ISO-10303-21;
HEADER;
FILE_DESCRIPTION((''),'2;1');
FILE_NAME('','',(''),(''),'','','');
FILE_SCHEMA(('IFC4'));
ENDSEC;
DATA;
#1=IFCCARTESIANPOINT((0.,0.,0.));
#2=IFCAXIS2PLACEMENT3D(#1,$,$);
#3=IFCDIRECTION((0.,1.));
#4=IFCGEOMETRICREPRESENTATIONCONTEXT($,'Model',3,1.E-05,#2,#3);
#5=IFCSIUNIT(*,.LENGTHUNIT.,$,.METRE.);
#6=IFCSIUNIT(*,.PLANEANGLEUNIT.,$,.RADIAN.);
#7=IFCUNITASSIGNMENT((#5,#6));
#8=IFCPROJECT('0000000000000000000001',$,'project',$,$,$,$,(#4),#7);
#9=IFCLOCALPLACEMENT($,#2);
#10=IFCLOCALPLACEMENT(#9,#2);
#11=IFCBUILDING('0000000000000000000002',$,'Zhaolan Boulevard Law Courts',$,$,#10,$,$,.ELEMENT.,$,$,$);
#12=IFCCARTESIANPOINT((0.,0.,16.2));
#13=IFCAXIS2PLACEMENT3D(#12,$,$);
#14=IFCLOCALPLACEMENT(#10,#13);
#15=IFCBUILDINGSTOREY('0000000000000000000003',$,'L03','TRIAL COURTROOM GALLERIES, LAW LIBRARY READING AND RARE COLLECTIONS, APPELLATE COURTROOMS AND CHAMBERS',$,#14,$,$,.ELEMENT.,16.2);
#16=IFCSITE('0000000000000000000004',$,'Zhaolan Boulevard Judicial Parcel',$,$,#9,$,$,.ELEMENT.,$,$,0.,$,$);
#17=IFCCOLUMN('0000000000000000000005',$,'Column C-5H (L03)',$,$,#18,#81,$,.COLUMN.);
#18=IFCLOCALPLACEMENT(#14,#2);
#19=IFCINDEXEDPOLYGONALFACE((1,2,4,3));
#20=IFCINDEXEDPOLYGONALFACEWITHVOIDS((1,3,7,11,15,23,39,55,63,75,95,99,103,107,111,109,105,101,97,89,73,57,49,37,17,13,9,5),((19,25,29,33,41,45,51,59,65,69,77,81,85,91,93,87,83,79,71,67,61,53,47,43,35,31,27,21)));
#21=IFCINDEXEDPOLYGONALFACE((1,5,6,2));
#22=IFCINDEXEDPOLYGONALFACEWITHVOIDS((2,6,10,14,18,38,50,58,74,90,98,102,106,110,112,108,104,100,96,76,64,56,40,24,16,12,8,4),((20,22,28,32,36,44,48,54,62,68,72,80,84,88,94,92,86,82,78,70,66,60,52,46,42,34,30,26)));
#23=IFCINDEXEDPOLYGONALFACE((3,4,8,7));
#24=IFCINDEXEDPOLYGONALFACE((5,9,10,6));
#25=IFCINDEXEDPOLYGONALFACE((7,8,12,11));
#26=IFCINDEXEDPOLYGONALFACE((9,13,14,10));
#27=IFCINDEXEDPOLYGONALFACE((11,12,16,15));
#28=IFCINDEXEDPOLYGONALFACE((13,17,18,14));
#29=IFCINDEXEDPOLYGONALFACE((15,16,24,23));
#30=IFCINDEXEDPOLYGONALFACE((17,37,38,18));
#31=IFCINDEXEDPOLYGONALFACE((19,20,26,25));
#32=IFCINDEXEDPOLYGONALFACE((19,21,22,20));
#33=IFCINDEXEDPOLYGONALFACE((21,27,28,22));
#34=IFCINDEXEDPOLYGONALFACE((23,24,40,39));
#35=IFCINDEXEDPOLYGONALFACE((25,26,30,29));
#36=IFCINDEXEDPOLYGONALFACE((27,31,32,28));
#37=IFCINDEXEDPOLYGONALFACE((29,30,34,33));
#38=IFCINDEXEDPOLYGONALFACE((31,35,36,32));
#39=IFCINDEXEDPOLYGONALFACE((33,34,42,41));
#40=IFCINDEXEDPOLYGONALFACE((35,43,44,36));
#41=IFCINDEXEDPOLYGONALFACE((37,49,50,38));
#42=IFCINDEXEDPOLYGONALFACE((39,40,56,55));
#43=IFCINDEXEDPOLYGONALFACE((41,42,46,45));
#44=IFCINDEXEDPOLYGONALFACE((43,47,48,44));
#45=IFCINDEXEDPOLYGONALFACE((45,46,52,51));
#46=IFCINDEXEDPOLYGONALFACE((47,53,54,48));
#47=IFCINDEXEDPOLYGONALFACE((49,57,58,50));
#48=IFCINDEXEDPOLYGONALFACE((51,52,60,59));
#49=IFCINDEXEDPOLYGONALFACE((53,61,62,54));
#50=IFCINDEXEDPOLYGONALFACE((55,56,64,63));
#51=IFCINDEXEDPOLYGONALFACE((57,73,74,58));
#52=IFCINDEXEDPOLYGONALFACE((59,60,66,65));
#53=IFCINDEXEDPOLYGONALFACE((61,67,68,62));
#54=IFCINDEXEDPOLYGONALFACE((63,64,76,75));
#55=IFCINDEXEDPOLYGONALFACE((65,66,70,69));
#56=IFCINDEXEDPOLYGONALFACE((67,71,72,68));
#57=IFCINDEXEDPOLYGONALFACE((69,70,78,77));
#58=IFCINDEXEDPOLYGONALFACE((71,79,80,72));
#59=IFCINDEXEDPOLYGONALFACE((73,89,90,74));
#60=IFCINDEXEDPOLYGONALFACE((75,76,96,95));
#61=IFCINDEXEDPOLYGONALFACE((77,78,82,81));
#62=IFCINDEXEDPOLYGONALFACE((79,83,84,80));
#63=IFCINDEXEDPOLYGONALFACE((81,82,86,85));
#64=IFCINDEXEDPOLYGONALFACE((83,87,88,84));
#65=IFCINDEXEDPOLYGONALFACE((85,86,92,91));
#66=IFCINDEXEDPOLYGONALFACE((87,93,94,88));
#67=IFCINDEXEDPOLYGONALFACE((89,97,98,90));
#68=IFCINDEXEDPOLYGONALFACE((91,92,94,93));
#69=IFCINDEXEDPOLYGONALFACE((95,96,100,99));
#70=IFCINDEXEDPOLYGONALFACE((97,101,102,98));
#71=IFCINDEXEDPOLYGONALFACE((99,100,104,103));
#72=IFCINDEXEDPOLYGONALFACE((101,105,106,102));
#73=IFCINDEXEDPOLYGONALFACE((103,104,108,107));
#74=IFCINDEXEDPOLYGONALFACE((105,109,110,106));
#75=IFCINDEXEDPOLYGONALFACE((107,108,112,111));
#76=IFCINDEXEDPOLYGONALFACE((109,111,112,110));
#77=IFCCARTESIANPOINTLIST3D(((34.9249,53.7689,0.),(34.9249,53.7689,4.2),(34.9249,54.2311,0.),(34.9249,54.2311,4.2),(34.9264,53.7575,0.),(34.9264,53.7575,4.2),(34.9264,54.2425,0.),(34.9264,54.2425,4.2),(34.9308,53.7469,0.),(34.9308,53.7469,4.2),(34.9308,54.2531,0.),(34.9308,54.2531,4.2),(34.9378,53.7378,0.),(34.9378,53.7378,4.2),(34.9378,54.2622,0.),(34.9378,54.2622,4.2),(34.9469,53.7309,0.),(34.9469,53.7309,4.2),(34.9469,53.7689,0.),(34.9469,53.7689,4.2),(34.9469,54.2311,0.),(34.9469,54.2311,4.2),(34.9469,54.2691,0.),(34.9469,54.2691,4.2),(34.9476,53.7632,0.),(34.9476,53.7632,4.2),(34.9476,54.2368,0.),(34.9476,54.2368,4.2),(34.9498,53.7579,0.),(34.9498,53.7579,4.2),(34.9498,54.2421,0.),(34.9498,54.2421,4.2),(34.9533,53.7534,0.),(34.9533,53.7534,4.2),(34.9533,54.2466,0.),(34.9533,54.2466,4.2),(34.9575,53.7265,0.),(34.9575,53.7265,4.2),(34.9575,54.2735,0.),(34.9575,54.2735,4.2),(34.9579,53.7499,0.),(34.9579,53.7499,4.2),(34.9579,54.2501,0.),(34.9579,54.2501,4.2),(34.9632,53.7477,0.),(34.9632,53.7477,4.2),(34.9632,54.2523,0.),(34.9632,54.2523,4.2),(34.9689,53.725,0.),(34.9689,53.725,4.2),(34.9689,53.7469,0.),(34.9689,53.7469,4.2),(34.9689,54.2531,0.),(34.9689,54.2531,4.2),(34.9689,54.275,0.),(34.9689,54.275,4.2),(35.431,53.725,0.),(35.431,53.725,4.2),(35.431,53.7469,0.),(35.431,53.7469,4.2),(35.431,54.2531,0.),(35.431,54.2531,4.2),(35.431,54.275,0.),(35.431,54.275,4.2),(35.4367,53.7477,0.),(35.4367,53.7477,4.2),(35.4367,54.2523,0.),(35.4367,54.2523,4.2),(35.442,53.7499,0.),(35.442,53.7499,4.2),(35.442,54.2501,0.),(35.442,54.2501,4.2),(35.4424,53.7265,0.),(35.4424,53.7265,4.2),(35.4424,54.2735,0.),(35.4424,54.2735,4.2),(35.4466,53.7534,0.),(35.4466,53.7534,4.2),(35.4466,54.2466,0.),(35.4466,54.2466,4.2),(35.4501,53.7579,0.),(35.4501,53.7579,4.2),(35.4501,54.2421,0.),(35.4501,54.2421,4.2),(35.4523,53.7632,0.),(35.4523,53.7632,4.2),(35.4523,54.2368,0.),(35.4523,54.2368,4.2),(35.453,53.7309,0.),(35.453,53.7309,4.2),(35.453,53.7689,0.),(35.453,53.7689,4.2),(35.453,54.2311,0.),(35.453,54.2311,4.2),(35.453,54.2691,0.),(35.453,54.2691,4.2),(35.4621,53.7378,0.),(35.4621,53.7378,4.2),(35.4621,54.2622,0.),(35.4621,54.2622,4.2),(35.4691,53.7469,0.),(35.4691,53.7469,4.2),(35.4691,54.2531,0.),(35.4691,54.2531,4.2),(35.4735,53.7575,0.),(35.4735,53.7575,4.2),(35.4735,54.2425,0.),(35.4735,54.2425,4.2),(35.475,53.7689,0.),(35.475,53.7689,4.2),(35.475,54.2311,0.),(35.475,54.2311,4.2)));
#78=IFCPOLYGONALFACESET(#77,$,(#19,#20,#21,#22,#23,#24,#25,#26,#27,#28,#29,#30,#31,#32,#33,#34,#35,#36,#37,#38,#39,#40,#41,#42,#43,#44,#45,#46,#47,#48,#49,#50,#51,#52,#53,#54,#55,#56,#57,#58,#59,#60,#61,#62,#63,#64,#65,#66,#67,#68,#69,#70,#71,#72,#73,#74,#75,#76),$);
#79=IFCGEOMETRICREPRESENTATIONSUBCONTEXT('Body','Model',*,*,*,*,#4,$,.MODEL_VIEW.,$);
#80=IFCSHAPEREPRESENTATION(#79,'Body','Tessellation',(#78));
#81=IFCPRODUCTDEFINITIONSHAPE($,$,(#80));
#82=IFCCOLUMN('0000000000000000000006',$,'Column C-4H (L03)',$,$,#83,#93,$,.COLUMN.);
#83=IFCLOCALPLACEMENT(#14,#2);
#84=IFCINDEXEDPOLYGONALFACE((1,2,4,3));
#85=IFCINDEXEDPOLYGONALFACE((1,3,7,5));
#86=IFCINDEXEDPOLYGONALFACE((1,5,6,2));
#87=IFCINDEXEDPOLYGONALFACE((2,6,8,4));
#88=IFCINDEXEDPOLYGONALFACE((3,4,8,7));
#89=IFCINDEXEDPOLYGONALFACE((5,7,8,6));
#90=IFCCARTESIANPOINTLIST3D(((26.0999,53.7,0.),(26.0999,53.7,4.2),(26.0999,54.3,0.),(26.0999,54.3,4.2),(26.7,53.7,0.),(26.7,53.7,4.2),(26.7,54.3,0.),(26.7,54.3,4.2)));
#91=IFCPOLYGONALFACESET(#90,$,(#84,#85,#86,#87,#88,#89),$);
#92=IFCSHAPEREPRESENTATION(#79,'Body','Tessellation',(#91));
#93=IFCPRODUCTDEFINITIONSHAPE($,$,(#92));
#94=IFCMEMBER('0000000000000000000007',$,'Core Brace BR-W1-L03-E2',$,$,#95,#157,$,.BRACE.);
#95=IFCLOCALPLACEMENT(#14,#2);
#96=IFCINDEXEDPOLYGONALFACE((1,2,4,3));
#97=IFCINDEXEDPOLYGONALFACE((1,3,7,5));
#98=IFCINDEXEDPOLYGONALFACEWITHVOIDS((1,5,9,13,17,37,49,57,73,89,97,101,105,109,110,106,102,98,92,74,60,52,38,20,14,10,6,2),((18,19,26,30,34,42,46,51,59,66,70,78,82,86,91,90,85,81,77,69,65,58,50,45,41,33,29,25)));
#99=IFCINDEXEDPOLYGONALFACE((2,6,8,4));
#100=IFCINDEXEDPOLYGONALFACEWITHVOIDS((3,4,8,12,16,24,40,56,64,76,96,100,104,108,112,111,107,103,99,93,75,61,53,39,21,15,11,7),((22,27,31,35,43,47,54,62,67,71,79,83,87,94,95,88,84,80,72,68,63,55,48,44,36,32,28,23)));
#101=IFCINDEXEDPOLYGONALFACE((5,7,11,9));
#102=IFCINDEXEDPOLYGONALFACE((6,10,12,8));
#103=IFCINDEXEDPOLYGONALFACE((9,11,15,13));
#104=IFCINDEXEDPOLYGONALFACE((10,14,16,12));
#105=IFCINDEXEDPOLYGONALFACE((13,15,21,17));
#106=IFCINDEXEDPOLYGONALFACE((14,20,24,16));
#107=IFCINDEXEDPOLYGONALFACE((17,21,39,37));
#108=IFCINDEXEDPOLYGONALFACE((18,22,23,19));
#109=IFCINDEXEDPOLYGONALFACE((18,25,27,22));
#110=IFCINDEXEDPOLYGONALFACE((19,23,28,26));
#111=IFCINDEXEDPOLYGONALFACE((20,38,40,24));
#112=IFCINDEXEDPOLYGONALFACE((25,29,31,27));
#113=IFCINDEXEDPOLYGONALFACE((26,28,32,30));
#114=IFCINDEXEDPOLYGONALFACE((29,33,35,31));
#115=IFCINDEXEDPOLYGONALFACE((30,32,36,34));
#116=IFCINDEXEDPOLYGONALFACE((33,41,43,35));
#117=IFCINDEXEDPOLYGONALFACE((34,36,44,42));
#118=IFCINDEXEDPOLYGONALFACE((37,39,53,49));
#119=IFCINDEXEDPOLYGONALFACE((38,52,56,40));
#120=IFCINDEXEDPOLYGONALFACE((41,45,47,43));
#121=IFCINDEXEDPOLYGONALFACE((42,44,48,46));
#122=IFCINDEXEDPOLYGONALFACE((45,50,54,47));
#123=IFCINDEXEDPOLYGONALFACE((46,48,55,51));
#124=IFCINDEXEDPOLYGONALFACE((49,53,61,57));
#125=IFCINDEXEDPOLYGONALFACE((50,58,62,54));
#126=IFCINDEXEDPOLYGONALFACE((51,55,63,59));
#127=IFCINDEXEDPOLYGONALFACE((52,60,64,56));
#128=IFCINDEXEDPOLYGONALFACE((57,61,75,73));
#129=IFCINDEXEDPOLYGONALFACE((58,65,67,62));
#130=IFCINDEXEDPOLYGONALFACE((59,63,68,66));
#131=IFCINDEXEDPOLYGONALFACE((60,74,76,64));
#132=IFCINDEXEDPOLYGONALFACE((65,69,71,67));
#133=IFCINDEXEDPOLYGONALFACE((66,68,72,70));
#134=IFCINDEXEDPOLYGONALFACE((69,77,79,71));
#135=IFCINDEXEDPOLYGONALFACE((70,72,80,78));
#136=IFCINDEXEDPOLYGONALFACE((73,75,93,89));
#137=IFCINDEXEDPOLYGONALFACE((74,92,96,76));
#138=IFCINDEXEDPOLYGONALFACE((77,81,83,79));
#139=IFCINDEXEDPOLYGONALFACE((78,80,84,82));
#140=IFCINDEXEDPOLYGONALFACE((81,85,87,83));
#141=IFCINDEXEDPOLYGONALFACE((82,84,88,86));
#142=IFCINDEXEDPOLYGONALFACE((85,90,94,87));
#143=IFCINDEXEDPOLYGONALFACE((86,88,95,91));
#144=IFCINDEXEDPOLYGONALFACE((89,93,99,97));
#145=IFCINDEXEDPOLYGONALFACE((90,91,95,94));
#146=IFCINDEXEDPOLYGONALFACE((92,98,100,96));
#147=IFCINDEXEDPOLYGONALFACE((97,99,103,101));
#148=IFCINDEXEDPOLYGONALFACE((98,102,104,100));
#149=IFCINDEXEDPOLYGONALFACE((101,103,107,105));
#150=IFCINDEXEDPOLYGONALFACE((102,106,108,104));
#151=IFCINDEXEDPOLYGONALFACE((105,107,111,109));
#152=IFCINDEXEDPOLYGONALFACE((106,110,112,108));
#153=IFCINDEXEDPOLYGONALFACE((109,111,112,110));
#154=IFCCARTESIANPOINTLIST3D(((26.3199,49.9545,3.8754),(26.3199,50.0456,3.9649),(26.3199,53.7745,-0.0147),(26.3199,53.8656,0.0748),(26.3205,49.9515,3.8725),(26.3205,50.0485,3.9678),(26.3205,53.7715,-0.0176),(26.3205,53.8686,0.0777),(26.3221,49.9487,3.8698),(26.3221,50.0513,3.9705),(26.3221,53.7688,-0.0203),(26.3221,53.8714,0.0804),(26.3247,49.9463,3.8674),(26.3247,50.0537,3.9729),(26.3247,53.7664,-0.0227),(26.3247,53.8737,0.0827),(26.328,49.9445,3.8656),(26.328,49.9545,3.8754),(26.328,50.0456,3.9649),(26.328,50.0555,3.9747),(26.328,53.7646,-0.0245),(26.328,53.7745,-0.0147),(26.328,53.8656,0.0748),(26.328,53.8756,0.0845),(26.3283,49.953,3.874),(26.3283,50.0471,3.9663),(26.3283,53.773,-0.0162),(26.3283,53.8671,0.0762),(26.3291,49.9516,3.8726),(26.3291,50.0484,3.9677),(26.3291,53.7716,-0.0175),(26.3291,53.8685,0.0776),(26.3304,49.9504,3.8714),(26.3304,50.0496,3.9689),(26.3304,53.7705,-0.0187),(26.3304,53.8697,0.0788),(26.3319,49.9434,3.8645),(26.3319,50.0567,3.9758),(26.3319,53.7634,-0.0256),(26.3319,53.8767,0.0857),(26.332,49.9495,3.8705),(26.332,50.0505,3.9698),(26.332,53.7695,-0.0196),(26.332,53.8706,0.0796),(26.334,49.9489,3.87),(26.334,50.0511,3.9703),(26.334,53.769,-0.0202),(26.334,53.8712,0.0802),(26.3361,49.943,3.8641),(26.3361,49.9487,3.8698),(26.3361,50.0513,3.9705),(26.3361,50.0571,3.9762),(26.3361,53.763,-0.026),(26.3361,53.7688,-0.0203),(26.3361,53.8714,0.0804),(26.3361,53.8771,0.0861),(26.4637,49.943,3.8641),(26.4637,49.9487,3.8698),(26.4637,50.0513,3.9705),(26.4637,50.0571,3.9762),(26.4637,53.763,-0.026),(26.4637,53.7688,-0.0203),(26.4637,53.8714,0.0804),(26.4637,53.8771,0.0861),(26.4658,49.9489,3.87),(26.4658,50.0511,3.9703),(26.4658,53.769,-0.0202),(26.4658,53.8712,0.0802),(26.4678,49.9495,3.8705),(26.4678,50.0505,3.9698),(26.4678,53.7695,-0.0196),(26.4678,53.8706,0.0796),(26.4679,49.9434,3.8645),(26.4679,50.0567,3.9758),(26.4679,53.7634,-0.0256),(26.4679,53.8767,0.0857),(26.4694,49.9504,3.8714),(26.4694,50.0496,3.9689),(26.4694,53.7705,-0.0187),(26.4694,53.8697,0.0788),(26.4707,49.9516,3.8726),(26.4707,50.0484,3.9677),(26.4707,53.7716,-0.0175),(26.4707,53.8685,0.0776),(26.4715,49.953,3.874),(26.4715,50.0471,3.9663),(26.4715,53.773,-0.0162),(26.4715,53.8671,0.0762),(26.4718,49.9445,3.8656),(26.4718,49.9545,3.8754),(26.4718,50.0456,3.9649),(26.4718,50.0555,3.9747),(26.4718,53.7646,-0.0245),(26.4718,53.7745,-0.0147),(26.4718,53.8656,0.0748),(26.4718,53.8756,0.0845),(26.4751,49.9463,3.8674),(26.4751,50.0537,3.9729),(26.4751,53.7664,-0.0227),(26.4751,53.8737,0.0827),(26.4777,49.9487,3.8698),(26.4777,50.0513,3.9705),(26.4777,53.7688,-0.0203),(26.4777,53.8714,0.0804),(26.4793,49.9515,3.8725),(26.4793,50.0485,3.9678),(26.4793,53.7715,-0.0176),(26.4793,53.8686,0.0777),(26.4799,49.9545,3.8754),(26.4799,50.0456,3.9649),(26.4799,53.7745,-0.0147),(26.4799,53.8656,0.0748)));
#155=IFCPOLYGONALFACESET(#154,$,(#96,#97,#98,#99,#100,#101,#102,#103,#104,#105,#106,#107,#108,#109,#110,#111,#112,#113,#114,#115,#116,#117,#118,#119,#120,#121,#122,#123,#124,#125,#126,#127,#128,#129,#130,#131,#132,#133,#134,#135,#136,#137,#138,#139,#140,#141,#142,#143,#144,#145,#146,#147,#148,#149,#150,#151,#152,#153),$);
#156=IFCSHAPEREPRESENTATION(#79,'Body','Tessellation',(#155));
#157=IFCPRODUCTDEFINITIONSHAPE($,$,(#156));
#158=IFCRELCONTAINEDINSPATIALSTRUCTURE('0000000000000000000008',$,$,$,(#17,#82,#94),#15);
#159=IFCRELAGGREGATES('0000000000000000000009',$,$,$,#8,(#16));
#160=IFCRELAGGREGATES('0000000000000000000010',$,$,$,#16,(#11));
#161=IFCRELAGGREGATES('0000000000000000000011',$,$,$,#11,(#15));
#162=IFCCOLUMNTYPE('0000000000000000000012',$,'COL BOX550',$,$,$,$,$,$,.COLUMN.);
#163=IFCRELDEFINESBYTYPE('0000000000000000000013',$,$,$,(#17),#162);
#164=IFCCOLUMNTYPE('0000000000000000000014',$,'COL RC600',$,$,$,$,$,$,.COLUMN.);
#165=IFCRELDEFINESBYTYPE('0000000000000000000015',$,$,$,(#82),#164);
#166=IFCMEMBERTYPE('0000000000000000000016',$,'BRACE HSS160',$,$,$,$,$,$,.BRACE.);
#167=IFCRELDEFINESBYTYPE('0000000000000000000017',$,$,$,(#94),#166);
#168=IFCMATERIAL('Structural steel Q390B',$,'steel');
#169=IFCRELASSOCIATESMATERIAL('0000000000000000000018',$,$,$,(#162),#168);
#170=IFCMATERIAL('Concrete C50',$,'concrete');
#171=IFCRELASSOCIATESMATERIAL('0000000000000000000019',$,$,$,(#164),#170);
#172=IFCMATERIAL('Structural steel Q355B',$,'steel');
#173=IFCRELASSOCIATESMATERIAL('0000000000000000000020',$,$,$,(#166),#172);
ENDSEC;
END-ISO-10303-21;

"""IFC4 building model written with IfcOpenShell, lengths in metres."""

from ifc_helpers import new_model, si_unit, direction, frame, origin, origin_2d, place, context, subcontext, project, spatial, rectangle, hollow_rectangle, extrude, material, material_profile, profile_set, type_object, element, save


model = new_model("IFC4")

# Units and contexts
model_context = context("Model", 3, precision=1e-05, world=origin(), true_north=direction((0.0, 1.0)))
body_context = subcontext(model_context, "Body", "Model", "MODEL_VIEW")
ifc_project = project(units=[si_unit("LENGTHUNIT", "METRE"), si_unit("PLANEANGLEUNIT", "RADIAN")], contexts=[model_context])

# Site, building, storey
site_placement = place(None, origin())
site = spatial("IfcSite", under=ifc_project, at=site_placement, Name="Zhaolan Boulevard Judicial Parcel", CompositionType="ELEMENT", RefElevation=0.0)
building_placement = place(site_placement, origin())
building = spatial("IfcBuilding", under=site, at=building_placement, Name="Zhaolan Boulevard Law Courts", CompositionType="ELEMENT")
storey_placement = place(building_placement, frame((0.0, 0.0, 16.2)))
storey = spatial("IfcBuildingStorey", under=building, at=storey_placement, Name="L03", Description="TRIAL COURTROOM GALLERIES, LAW LIBRARY READING AND RARE COLLECTIONS, APPELLATE COURTROOMS AND CHAMBERS", CompositionType="ELEMENT", Elevation=16.2)

# Columns
ifc_material_1 = material(Name="Structural steel Q390B", Category="steel")
ifc_material_profile_1 = material_profile(ifc_material_1, hollow_rectangle(XDim=0.55, YDim=0.55, WallThickness=0.022, InnerFilletRadius=0.022, OuterFilletRadius=0.0439, at=origin_2d()), Name="BOX550x550x22")
ifc_profile_set_1 = profile_set([ifc_material_profile_1], Name="Structural steel Q390B")
column_type_1 = type_object("IfcColumnType", Name="COL BOX550", PredefinedType="COLUMN", material=ifc_profile_set_1)
column_1_placement = place(storey_placement, frame((35.2, 54.0, 0.0), z_axis=(0.0, 0.0, 1.0), x_axis=(1.0, 0.0, 0.0)))
element("IfcColumn", 1, at=column_1_placement, inside=storey, type_object=column_type_1, Name="Column C-5H (L03)", PredefinedType="COLUMN", context=body_context, shape_type="SweptSolid", body=[
    extrude(hollow_rectangle(XDim=0.55, YDim=0.55, WallThickness=0.022, InnerFilletRadius=0.022, OuterFilletRadius=0.0439, at=origin_2d()), origin(), (0.0, 0.0, 1.0), 4.2),
])
ifc_material_2 = material(Name="Concrete C50", Category="concrete")
ifc_material_profile_2 = material_profile(ifc_material_2, rectangle(XDim=0.6001, YDim=0.6001, at=origin_2d()), Name="RC600x600")
ifc_profile_set_2 = profile_set([ifc_material_profile_2], Name="Concrete C50")
column_type_2 = type_object("IfcColumnType", Name="COL RC600", PredefinedType="COLUMN", material=ifc_profile_set_2)
column_2_placement = place(storey_placement, frame((26.3999, 54.0, 0.0), z_axis=(0.0, 0.0, 1.0), x_axis=(1.0, 0.0, 0.0)))
element("IfcColumn", 2, at=column_2_placement, inside=storey, type_object=column_type_2, Name="Column C-4H (L03)", PredefinedType="COLUMN", context=body_context, shape_type="SweptSolid", body=[
    extrude(rectangle(XDim=0.6001, YDim=0.6001, at=origin_2d()), origin(), (0.0, 0.0, 1.0), 4.2),
])

# Member
ifc_material_3 = material(Name="Structural steel Q355B", Category="steel")
ifc_material_profile_3 = material_profile(ifc_material_3, hollow_rectangle(XDim=0.1599, YDim=0.1599, WallThickness=0.0081, InnerFilletRadius=0.0081, OuterFilletRadius=0.0161, at=origin_2d()), Name="HSS160x160x8")
ifc_profile_set_3 = profile_set([ifc_material_profile_3], Name="Structural steel Q355B")
member_type = type_object("IfcMemberType", Name="BRACE HSS160", PredefinedType="BRACE", material=ifc_profile_set_3)
member_placement = place(storey_placement, frame((26.3999, 53.8201, 0.03), z_axis=(0.0, -0.700652, 0.713503), x_axis=(1.0, 0.0, 0.0)))
element("IfcMember", 3, at=member_placement, inside=storey, type_object=member_type, Name="Core Brace BR-W1-L03-E2", PredefinedType="BRACE", context=body_context, shape_type="SweptSolid", body=[
    extrude(hollow_rectangle(XDim=0.1599, YDim=0.1599, WallThickness=0.0081, InnerFilletRadius=0.0081, OuterFilletRadius=0.0161, at=origin_2d()), origin(), (0.0, 0.0, 1.0), 5.4521),
])

save(model, "model.ifc")
